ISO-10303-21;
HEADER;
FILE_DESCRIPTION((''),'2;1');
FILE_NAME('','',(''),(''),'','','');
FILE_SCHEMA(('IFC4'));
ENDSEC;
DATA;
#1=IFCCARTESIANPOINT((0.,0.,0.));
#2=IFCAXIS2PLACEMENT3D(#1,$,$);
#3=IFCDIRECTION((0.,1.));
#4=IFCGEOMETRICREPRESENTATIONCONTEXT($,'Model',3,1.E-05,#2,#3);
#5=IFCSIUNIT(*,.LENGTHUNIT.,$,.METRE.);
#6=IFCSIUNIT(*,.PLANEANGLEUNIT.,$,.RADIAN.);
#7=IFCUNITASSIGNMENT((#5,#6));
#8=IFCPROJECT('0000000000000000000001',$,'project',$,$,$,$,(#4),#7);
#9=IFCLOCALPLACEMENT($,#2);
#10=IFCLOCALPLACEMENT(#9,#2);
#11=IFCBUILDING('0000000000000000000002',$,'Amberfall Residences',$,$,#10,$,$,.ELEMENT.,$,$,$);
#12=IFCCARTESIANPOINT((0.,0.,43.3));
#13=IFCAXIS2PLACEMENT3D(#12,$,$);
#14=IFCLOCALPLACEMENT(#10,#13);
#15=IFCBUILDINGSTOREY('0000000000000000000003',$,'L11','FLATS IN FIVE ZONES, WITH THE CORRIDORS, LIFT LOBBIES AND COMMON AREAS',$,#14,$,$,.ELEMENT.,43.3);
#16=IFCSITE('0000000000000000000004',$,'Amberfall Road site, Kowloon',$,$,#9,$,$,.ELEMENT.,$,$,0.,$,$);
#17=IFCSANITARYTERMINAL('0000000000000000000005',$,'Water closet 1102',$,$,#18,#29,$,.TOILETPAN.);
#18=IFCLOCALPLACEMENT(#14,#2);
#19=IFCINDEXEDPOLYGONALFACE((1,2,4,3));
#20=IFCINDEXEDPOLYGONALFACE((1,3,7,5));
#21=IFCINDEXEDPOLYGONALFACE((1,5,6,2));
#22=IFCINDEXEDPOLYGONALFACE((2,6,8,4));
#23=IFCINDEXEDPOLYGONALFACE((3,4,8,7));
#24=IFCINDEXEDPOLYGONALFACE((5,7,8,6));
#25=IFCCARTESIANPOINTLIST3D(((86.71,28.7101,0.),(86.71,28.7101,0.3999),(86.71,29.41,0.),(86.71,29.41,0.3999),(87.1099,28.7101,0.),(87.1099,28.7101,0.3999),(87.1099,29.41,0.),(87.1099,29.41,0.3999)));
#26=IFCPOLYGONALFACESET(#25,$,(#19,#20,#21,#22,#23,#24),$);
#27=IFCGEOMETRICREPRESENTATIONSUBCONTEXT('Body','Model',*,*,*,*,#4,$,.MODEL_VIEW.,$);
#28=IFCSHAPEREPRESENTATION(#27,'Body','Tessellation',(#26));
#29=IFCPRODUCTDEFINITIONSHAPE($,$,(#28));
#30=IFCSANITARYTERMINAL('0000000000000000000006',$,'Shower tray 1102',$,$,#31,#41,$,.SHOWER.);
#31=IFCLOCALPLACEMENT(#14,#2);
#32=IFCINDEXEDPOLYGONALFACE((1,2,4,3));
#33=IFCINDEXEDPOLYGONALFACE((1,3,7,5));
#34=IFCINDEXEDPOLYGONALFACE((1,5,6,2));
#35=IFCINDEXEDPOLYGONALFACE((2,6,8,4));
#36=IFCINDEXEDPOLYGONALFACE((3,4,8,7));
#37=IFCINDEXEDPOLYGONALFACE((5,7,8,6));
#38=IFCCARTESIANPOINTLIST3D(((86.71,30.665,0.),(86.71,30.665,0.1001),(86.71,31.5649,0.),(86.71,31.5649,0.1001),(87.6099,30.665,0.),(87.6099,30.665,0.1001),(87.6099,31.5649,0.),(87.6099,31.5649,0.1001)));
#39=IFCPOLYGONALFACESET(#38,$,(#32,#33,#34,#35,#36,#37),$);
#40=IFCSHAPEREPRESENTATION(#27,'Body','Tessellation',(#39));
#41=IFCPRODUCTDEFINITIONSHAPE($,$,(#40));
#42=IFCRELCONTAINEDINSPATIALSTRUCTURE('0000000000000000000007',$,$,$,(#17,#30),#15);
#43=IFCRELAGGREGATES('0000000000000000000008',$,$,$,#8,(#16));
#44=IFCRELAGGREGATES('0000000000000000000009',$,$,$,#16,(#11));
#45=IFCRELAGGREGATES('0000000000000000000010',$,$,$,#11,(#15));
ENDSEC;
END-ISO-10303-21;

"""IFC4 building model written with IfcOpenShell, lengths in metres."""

from ifc_helpers import new_model, si_unit, direction, frame, origin, origin_2d, place, context, subcontext, project, spatial, rectangle, extrude, element, save


model = new_model("IFC4")

# Units and contexts
model_context = context("Model", 3, precision=1e-05, world=origin(), true_north=direction((0.0, 1.0)))
body_context = subcontext(model_context, "Body", "Model", "MODEL_VIEW")
ifc_project = project(units=[si_unit("LENGTHUNIT", "METRE"), si_unit("PLANEANGLEUNIT", "RADIAN")], contexts=[model_context])

# Site, building, storey
site_placement = place(None, origin())
site = spatial("IfcSite", under=ifc_project, at=site_placement, Name="Amberfall Road site, Kowloon", CompositionType="ELEMENT", RefElevation=0.0)
building_placement = place(site_placement, origin())
building = spatial("IfcBuilding", under=site, at=building_placement, Name="Amberfall Residences", CompositionType="ELEMENT")
storey_placement = place(building_placement, frame((0.0, 0.0, 43.3)))
storey = spatial("IfcBuildingStorey", under=building, at=storey_placement, Name="L11", Description="FLATS IN FIVE ZONES, WITH THE CORRIDORS, LIFT LOBBIES AND COMMON AREAS", CompositionType="ELEMENT", Elevation=43.3)

# Sanitary terminals
sanitary_terminal_1_placement = place(storey_placement, frame((86.9099, 29.0601, 0.0), z_axis=(0.0, 0.0, 1.0), x_axis=(1.0, 0.0, 0.0)))
element("IfcSanitaryTerminal", 1, at=sanitary_terminal_1_placement, inside=storey, Name="Water closet 1102", PredefinedType="TOILETPAN", context=body_context, shape_type="SweptSolid", body=[
    extrude(rectangle(XDim=0.3999, YDim=0.7, at=origin_2d()), origin(), (0.0, 0.0, 1.0), 0.3999),
])
sanitary_terminal_2_placement = place(storey_placement, frame((87.1599, 31.115, 0.0), z_axis=(0.0, 0.0, 1.0), x_axis=(1.0, 0.0, 0.0)))
element("IfcSanitaryTerminal", 2, at=sanitary_terminal_2_placement, inside=storey, Name="Shower tray 1102", PredefinedType="SHOWER", context=body_context, shape_type="SweptSolid", body=[
    extrude(rectangle(XDim=0.8999, YDim=0.8999, at=origin_2d()), origin(), (0.0, 0.0, 1.0), 0.1001),
])

save(model, "model.ifc")
